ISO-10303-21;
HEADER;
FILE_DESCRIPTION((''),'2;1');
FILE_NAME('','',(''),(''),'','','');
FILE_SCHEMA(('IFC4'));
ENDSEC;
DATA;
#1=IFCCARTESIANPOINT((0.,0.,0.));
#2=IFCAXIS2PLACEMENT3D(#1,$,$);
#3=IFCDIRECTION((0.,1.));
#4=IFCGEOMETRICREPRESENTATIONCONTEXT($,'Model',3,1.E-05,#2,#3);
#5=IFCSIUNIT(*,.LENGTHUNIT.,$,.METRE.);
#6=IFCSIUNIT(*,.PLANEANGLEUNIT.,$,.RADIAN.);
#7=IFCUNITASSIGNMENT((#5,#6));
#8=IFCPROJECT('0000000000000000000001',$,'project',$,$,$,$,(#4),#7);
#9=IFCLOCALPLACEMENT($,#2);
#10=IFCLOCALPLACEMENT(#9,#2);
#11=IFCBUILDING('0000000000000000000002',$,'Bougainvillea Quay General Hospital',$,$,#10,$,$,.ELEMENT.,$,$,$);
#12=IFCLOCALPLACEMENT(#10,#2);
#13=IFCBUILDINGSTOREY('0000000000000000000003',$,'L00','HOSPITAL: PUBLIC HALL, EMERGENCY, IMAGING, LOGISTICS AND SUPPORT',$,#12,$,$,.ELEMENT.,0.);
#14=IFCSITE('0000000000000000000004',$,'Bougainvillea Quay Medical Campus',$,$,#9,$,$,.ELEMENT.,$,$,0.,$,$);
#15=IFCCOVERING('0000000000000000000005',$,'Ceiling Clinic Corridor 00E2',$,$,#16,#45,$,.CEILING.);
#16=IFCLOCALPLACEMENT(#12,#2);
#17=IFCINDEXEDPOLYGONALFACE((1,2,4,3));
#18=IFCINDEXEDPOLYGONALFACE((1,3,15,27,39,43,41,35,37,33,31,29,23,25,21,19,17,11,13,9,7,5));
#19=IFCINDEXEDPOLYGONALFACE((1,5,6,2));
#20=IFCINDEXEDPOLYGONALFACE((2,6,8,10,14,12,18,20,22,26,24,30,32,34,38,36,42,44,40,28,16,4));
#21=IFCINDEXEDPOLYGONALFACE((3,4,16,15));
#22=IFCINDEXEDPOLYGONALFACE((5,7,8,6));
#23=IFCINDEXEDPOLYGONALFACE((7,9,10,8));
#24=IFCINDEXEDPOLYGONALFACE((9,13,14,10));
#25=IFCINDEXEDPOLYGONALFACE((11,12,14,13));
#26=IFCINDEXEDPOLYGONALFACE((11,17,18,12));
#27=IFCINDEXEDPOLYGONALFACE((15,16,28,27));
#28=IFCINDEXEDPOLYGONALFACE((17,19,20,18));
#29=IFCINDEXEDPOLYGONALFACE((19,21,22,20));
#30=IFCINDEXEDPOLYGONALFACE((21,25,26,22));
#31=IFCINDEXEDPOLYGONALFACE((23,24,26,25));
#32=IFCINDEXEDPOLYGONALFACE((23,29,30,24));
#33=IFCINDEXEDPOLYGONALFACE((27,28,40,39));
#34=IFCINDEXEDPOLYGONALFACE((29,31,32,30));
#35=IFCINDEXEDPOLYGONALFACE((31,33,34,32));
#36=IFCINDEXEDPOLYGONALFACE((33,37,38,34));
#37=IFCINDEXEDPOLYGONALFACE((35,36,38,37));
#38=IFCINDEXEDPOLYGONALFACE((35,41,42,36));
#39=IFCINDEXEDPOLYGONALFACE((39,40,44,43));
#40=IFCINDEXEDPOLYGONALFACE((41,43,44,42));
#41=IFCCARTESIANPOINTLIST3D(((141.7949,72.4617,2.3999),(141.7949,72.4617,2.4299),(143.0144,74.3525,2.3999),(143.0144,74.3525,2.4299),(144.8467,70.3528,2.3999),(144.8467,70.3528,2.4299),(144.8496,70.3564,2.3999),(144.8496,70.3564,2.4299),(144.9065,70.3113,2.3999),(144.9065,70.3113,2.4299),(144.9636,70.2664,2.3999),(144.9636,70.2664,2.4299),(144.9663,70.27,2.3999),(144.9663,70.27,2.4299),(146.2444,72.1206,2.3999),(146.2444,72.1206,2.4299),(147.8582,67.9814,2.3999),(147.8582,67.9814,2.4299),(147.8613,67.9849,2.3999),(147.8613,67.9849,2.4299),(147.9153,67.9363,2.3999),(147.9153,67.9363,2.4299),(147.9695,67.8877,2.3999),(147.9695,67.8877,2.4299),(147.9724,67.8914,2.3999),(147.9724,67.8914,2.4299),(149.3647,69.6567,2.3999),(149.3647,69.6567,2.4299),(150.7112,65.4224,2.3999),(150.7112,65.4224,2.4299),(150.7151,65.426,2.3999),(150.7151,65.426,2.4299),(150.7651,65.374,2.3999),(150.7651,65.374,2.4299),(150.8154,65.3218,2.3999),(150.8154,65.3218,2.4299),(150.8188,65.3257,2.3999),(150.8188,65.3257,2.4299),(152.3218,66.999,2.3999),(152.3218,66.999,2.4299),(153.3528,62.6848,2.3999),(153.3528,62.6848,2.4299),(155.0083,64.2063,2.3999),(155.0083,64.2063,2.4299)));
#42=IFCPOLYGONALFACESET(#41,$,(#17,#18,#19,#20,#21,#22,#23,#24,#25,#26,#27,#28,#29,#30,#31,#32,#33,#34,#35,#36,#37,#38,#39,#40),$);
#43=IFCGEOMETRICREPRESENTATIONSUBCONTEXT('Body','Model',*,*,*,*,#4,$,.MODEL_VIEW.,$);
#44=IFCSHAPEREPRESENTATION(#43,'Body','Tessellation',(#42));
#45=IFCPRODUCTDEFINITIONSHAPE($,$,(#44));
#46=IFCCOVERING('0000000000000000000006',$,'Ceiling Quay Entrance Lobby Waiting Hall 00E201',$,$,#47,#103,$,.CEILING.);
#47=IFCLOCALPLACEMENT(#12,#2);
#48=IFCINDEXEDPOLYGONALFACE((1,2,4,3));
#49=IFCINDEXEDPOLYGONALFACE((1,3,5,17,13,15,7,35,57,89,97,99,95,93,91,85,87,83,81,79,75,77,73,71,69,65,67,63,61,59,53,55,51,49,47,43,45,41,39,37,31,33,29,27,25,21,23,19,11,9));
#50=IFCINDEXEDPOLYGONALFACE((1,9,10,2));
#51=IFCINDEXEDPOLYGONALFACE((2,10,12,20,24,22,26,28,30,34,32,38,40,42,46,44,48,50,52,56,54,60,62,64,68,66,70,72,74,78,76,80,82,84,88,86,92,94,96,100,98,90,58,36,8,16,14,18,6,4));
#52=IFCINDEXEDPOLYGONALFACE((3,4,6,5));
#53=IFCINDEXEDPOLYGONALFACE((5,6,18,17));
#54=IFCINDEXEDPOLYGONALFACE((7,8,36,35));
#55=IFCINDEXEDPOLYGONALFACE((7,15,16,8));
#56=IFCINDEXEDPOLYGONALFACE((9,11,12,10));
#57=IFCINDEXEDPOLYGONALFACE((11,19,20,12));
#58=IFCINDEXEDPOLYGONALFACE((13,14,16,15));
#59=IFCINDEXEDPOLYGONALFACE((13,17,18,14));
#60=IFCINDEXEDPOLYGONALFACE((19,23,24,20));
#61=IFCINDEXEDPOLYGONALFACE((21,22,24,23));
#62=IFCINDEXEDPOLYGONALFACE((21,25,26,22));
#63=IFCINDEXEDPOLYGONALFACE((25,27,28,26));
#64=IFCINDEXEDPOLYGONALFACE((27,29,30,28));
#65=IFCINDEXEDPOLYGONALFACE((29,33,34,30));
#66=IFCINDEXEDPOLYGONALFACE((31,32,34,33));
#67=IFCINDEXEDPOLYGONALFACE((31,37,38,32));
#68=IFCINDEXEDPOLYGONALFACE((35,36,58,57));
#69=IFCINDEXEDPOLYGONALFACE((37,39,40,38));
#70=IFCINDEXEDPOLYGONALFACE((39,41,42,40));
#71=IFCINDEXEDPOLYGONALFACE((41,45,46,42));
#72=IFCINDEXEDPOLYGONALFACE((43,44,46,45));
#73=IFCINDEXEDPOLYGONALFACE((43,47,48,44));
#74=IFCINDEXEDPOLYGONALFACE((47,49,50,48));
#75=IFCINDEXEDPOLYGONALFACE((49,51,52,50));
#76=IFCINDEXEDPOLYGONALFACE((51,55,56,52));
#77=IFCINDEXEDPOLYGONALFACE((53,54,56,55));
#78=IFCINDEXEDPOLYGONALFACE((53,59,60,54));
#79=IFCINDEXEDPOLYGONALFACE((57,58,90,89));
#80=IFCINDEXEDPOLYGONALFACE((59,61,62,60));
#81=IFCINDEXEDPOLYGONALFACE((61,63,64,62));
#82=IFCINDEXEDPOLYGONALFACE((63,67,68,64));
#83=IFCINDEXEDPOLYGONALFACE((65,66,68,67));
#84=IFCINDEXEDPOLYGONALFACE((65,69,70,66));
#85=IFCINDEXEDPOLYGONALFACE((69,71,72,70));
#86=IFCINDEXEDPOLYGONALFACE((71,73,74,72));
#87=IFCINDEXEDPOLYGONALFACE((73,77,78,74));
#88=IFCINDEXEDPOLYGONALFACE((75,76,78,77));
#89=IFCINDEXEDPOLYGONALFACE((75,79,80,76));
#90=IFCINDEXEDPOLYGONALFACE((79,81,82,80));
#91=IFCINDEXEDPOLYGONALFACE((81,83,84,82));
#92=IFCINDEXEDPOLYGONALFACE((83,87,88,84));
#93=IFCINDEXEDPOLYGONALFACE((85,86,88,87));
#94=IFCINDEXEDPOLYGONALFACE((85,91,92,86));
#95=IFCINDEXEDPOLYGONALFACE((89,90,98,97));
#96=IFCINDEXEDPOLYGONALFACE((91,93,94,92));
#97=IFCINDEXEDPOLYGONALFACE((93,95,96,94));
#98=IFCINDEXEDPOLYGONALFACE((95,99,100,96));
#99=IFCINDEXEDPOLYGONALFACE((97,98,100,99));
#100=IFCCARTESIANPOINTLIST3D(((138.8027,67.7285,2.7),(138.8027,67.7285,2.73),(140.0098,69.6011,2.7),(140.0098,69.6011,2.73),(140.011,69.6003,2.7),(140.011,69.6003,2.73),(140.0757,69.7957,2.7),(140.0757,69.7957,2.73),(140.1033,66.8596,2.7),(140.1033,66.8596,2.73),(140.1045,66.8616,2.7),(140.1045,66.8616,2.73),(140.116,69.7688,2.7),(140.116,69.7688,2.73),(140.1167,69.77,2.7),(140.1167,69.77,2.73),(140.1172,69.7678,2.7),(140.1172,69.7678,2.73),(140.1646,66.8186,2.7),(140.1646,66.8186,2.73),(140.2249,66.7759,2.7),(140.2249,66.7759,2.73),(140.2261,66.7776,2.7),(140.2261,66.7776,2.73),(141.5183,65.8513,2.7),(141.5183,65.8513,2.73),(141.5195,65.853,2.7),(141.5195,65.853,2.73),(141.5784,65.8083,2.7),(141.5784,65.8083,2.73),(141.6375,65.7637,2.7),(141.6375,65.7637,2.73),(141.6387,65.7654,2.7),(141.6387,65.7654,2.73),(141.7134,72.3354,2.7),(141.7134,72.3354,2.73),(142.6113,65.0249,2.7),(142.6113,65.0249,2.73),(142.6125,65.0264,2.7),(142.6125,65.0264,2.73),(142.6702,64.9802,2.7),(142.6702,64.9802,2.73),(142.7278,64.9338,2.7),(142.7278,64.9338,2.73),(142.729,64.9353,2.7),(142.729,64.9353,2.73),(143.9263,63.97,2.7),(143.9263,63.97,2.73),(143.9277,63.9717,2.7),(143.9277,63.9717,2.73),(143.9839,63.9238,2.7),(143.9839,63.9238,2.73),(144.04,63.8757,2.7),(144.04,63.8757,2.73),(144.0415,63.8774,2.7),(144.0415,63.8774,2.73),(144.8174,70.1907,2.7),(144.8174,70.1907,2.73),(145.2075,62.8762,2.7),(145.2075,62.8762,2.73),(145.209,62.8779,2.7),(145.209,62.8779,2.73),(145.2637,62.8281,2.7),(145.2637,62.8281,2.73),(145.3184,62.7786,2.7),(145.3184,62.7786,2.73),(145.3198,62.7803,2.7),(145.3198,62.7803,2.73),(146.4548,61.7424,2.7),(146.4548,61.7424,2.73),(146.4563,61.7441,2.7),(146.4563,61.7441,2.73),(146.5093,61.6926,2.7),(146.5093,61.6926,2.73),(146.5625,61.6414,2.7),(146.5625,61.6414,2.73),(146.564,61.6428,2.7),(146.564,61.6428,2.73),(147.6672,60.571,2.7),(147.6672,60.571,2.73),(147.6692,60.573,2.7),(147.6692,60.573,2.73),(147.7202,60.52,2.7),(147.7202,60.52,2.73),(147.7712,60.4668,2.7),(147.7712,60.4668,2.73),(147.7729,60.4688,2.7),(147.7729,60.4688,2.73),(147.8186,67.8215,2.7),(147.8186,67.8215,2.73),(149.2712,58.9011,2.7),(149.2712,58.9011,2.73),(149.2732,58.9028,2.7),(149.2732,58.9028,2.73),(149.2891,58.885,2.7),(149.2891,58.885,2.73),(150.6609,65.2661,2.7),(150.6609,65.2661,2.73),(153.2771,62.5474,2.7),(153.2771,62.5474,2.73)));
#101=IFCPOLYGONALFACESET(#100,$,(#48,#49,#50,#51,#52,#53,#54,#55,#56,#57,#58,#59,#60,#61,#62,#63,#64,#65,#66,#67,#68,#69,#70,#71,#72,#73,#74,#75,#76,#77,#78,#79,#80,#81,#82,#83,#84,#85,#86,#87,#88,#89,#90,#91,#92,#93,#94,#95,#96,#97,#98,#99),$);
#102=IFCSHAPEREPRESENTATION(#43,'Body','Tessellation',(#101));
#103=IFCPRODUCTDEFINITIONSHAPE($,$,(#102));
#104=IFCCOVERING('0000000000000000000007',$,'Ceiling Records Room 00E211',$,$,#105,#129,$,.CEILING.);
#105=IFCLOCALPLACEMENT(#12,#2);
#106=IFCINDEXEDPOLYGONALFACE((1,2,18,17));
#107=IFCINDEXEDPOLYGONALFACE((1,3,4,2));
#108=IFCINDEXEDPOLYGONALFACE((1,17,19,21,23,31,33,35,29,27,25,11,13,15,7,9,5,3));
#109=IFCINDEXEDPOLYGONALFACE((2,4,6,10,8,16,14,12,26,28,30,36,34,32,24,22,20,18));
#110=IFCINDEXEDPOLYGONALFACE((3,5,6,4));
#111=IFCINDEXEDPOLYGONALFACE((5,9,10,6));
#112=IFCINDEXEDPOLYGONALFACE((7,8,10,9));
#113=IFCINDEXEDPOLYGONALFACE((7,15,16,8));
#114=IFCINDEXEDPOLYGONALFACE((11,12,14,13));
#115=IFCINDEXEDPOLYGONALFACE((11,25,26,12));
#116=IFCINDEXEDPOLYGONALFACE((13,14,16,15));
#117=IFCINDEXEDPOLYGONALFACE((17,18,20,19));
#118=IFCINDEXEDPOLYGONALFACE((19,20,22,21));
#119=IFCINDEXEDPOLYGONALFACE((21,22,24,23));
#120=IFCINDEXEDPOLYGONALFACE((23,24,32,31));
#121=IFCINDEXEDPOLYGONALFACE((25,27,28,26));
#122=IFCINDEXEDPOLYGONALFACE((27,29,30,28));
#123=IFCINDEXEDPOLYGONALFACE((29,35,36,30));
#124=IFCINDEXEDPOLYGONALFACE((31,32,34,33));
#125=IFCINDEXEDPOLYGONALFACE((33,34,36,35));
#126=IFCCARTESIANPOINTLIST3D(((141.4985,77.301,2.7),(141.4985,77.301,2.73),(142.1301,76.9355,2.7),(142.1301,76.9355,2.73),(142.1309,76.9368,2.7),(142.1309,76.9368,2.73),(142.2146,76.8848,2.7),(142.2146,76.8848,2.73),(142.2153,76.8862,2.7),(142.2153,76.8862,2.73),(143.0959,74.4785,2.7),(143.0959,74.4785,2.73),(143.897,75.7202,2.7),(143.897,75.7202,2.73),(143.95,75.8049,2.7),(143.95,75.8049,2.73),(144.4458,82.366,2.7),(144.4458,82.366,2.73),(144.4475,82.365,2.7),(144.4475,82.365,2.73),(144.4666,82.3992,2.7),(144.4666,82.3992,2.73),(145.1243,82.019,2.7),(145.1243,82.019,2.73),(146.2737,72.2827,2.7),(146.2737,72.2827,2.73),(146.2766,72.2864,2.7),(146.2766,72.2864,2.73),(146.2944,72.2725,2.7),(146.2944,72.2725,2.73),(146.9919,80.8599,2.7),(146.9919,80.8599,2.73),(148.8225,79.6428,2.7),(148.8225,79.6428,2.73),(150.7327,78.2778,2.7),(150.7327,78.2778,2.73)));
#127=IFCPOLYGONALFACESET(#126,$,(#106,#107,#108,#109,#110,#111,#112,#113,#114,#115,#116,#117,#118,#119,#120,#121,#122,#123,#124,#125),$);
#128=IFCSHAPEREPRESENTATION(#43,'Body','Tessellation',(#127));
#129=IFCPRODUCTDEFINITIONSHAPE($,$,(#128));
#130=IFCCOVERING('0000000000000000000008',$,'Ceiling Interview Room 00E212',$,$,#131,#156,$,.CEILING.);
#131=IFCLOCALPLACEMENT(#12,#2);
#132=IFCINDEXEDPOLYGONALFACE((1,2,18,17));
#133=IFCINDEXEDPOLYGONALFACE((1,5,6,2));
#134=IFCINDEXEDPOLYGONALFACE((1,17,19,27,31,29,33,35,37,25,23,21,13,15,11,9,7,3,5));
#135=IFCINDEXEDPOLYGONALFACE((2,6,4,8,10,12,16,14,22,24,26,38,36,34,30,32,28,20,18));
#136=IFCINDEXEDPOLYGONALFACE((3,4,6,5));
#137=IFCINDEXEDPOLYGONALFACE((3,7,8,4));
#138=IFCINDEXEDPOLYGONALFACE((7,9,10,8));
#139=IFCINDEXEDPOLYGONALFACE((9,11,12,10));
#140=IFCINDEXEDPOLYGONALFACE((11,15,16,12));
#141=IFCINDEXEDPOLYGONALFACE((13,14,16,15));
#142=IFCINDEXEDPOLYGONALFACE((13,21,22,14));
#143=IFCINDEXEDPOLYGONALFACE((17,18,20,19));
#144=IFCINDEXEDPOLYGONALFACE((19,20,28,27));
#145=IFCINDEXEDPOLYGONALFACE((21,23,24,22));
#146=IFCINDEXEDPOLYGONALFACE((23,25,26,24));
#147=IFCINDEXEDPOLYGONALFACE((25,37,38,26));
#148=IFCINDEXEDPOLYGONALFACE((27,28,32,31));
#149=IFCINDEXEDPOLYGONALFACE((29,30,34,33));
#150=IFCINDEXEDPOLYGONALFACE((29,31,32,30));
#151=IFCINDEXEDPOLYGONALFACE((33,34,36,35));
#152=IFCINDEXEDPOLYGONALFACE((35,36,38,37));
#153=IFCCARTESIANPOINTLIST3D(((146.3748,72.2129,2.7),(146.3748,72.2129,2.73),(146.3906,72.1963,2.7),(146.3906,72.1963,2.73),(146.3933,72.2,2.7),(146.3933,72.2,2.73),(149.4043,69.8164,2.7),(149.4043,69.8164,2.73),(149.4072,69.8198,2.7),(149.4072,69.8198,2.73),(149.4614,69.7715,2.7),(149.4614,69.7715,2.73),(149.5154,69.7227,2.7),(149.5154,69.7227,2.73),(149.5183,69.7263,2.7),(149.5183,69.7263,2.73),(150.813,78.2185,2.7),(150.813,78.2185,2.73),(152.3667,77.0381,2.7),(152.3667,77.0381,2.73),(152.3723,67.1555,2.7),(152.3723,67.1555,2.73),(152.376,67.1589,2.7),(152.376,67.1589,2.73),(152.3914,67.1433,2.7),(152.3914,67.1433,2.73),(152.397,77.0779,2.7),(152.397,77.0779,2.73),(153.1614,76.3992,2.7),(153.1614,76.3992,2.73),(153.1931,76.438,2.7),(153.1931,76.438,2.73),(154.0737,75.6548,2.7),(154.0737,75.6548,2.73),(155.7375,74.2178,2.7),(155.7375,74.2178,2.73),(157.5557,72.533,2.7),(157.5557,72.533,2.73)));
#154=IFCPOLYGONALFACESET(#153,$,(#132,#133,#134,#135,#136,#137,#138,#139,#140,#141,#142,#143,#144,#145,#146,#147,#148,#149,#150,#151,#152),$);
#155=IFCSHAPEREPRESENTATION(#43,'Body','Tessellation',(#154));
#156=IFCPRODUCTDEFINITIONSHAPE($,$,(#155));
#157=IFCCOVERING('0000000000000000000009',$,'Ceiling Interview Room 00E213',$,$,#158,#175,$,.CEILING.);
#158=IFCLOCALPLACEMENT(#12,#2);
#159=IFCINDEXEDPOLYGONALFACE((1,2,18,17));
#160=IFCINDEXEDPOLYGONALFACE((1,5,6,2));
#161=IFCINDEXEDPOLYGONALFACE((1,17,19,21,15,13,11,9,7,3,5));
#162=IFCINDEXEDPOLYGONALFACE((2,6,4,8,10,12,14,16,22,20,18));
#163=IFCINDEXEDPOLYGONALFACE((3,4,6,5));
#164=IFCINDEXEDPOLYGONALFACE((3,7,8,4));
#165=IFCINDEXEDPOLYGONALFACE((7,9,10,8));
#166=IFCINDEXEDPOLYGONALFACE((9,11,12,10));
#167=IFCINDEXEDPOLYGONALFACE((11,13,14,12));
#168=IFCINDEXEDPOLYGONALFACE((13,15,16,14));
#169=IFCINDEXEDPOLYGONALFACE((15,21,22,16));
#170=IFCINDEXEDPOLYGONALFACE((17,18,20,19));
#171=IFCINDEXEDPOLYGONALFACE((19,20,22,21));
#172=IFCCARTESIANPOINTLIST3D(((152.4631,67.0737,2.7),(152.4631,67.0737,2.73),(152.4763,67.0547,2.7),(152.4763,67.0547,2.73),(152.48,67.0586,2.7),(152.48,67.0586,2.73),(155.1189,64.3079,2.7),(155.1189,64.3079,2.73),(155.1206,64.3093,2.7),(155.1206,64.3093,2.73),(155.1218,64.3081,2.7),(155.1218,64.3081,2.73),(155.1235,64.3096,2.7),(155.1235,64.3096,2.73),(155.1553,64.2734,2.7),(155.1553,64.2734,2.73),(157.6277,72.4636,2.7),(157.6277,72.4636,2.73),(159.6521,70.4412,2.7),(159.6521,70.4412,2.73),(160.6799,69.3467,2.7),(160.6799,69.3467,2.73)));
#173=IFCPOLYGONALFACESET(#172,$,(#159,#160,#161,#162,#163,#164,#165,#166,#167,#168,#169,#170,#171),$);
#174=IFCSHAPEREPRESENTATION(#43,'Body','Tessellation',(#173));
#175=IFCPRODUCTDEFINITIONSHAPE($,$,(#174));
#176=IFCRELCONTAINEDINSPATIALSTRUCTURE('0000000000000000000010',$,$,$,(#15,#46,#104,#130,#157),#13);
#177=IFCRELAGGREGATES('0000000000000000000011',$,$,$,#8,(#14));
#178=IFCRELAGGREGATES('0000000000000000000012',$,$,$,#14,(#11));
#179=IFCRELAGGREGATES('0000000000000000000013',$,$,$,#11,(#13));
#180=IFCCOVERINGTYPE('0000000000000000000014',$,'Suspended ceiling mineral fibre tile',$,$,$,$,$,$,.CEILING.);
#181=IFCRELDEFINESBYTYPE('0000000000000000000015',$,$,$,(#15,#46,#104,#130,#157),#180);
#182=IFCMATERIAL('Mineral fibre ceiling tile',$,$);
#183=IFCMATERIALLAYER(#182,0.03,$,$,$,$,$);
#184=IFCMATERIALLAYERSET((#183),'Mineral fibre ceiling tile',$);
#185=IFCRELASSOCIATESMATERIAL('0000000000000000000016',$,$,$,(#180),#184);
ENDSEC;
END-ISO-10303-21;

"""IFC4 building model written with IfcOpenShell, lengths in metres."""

from ifc_helpers import new_model, si_unit, direction, frame, origin, place, context, subcontext, project, spatial, polyline, outline, extrude, material, layer, layer_set, type_object, element, save


model = new_model("IFC4")

# Units and contexts
model_context = context("Model", 3, precision=1e-05, world=origin(), true_north=direction((0.0, 1.0)))
body_context = subcontext(model_context, "Body", "Model", "MODEL_VIEW")
ifc_project = project(units=[si_unit("LENGTHUNIT", "METRE"), si_unit("PLANEANGLEUNIT", "RADIAN")], contexts=[model_context])

# Site, building, storey
site_placement = place(None, origin())
site = spatial("IfcSite", under=ifc_project, at=site_placement, Name="Bougainvillea Quay Medical Campus", CompositionType="ELEMENT", RefElevation=0.0)
building_placement = place(site_placement, origin())
building = spatial("IfcBuilding", under=site, at=building_placement, Name="Bougainvillea Quay General Hospital", CompositionType="ELEMENT")
storey_placement = place(building_placement, origin())
storey = spatial("IfcBuildingStorey", under=building, at=storey_placement, Name="L00", Description="HOSPITAL: PUBLIC HALL, EMERGENCY, IMAGING, LOGISTICS AND SUPPORT", CompositionType="ELEMENT", Elevation=0.0)

# Coverings
ifc_material_1 = material(Name="Mineral fibre ceiling tile")
ifc_layer_1 = layer(ifc_material_1, 0.03)
ifc_layer_set_1 = layer_set([ifc_layer_1], Name="Mineral fibre ceiling tile")
covering_type = type_object("IfcCoveringType", Name="Suspended ceiling mineral fibre tile", PredefinedType="CEILING", material=ifc_layer_set_1)
covering_1_placement = place(storey_placement, frame((0.0, 0.0, 2.3999)))
element("IfcCovering", 1, at=covering_1_placement, inside=storey, type_object=covering_type, Name="Ceiling Clinic Corridor 00E2", PredefinedType="CEILING", context=body_context, shape_type="SweptSolid", body=[
    extrude(outline(polyline([(144.8467, 70.3528), (144.8496, 70.3564), (144.9065, 70.3113), (144.9663, 70.27), (144.9636, 70.2664), (147.8582, 67.9814), (147.8613, 67.9849), (147.9153, 67.9363), (147.9724, 67.8914), (147.9695, 67.8877), (150.7112, 65.4224), (150.7151, 65.426), (150.7651, 65.374), (150.8188, 65.3257), (150.8154, 65.3218), (153.3528, 62.6848), (155.0083, 64.2063), (152.3218, 66.999), (149.3647, 69.6567), (146.2444, 72.1206), (143.0144, 74.3525), (141.7949, 72.4617), (144.8467, 70.3528)])), origin(), (0.0, 0.0, 1.0), 0.03),
])
covering_2_placement = place(storey_placement, frame((0.0, 0.0, 2.7)))
element("IfcCovering", 2, at=covering_2_placement, inside=storey, type_object=covering_type, Name="Ceiling Quay Entrance Lobby Waiting Hall 00E201", PredefinedType="CEILING", context=body_context, shape_type="SweptSolid", body=[
    extrude(outline(polyline([(140.1045, 66.8616), (140.1646, 66.8186), (140.2261, 66.7776), (140.2249, 66.7759), (141.5183, 65.8513), (141.5195, 65.853), (141.5784, 65.8083), (141.6387, 65.7654), (141.6375, 65.7637), (142.6113, 65.0249), (142.6125, 65.0264), (142.6702, 64.9802), (142.729, 64.9353), (142.7278, 64.9338), (143.9263, 63.97), (143.9277, 63.9717), (143.9839, 63.9238), (144.0415, 63.8774), (144.04, 63.8757), (145.2075, 62.8762), (145.209, 62.8779), (145.2637, 62.8281), (145.3198, 62.7803), (145.3184, 62.7786), (146.4548, 61.7424), (146.4563, 61.7441), (146.5093, 61.6926), (146.564, 61.6428), (146.5625, 61.6414), (147.6672, 60.571), (147.6692, 60.573), (147.7202, 60.52), (147.7729, 60.4688), (147.7712, 60.4668), (149.2712, 58.9011), (149.2732, 58.9028), (149.2891, 58.885), (153.2771, 62.5474), (150.6609, 65.2661), (147.8186, 67.8215), (144.8174, 70.1907), (141.7134, 72.3354), (140.0757, 69.7957), (140.1167, 69.77), (140.116, 69.7688), (140.1172, 69.7678), (140.011, 69.6003), (140.0098, 69.6011), (138.8027, 67.7285), (140.1033, 66.8596), (140.1045, 66.8616)])), origin(), (0.0, 0.0, 1.0), 0.03),
])
covering_3_placement = place(storey_placement, frame((0.0, 0.0, 2.7)))
element("IfcCovering", 3, at=covering_3_placement, inside=storey, type_object=covering_type, Name="Ceiling Records Room 00E211", PredefinedType="CEILING", context=body_context, shape_type="SweptSolid", body=[
    extrude(outline(polyline([(144.4475, 82.365), (144.4458, 82.366), (141.4985, 77.301), (142.1301, 76.9355), (142.1309, 76.9368), (142.2153, 76.8862), (142.2146, 76.8848), (143.95, 75.8049), (143.897, 75.7202), (143.0959, 74.4785), (146.2737, 72.2827), (146.2766, 72.2864), (146.2944, 72.2725), (150.7327, 78.2778), (148.8225, 79.6428), (146.9919, 80.8599), (145.1243, 82.019), (144.4666, 82.3992), (144.4475, 82.365)])), origin(), (0.0, 0.0, 1.0), 0.03),
])
covering_4_placement = place(storey_placement, frame((0.0, 0.0, 2.7)))
element("IfcCovering", 4, at=covering_4_placement, inside=storey, type_object=covering_type, Name="Ceiling Interview Room 00E212", PredefinedType="CEILING", context=body_context, shape_type="SweptSolid", body=[
    extrude(outline(polyline([(152.397, 77.0779), (152.3667, 77.0381), (150.813, 78.2185), (146.3748, 72.2129), (146.3933, 72.2), (146.3906, 72.1963), (149.4043, 69.8164), (149.4072, 69.8198), (149.4614, 69.7715), (149.5183, 69.7263), (149.5154, 69.7227), (152.3723, 67.1555), (152.376, 67.1589), (152.3914, 67.1433), (157.5557, 72.533), (155.7375, 74.2178), (154.0737, 75.6548), (153.1614, 76.3992), (153.1931, 76.438), (152.397, 77.0779)])), origin(), (0.0, 0.0, 1.0), 0.03),
])
covering_5_placement = place(storey_placement, frame((0.0, 0.0, 2.7)))
element("IfcCovering", 5, at=covering_5_placement, inside=storey, type_object=covering_type, Name="Ceiling Interview Room 00E213", PredefinedType="CEILING", context=body_context, shape_type="SweptSolid", body=[
    extrude(outline(polyline([(155.1235, 64.3096), (155.1553, 64.2734), (160.6799, 69.3467), (159.6521, 70.4412), (157.6277, 72.4636), (152.4631, 67.0737), (152.48, 67.0586), (152.4763, 67.0547), (155.1189, 64.3079), (155.1206, 64.3093), (155.1218, 64.3081), (155.1235, 64.3096)])), origin(), (0.0, 0.0, 1.0), 0.03),
])

save(model, "model.ifc")
